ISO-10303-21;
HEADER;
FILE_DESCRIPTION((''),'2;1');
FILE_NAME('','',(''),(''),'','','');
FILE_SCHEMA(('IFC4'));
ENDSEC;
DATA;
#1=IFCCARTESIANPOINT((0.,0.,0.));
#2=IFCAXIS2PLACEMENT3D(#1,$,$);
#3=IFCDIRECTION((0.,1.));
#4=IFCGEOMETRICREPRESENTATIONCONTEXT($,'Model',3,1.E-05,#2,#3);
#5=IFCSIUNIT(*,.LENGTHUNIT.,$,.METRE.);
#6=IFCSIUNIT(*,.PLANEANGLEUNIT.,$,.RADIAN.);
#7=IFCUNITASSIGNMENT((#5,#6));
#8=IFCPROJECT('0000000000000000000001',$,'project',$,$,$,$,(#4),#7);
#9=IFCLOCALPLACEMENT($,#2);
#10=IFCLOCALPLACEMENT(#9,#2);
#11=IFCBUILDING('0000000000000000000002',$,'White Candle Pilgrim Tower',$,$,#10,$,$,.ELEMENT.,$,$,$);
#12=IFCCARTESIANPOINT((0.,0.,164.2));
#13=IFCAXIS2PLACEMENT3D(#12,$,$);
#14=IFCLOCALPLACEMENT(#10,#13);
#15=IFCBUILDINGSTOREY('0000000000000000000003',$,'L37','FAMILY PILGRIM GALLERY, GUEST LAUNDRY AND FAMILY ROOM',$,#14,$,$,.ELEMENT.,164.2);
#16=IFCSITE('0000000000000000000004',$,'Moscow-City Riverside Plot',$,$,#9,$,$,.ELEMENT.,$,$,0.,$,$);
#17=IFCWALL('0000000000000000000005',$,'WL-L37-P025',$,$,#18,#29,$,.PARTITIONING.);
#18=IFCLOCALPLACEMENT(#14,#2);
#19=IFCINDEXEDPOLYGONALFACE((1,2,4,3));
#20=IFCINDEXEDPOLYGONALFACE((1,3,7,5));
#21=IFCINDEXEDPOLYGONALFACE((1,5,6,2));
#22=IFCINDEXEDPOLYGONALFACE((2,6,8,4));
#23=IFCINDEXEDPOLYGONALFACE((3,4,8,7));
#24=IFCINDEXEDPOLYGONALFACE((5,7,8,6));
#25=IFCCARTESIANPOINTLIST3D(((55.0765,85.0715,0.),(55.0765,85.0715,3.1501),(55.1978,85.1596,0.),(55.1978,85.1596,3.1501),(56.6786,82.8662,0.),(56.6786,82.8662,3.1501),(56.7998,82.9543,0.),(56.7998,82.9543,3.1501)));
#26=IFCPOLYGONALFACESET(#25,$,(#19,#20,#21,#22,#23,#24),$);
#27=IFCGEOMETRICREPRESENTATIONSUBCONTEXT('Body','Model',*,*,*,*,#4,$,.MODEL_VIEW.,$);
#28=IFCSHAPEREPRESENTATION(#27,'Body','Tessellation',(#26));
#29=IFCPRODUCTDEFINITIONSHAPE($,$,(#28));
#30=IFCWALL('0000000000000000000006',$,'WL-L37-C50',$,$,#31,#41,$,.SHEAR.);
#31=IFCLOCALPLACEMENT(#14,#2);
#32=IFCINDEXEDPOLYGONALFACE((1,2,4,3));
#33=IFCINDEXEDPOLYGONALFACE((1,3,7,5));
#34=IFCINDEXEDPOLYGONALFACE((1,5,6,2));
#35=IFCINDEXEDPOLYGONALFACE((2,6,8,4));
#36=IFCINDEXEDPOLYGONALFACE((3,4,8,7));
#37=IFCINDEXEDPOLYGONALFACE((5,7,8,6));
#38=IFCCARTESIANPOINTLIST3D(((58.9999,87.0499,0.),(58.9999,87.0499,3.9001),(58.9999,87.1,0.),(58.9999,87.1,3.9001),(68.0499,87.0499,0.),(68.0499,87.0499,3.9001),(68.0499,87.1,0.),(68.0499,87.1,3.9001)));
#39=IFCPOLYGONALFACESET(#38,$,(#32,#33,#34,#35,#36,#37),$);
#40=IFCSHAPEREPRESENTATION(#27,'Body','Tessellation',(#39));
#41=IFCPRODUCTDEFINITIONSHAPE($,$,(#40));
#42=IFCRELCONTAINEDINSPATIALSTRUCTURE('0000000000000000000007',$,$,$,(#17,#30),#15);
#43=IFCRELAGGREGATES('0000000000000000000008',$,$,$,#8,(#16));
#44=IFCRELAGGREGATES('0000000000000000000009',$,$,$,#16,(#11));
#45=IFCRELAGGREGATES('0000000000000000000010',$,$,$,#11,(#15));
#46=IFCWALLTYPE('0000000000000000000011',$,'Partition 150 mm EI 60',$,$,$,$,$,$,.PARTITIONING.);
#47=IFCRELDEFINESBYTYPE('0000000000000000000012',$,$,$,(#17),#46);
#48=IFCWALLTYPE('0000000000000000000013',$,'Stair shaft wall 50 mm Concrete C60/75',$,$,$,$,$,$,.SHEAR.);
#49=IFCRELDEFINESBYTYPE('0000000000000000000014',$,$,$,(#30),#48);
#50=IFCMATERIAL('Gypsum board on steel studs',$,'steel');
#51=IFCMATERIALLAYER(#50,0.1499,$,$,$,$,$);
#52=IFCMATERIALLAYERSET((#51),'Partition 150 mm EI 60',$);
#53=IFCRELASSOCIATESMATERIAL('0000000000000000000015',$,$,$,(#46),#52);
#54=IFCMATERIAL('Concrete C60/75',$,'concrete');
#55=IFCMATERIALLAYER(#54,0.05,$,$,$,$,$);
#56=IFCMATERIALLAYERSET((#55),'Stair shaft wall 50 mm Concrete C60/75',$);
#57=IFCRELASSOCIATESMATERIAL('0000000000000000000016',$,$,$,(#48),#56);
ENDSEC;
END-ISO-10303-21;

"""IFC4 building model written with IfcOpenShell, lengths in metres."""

from ifc_helpers import new_model, si_unit, direction, frame, frame_2d, origin, place, context, subcontext, project, spatial, rectangle, extrude, material, layer, layer_set, type_object, element, save


model = new_model("IFC4")

# Units and contexts
model_context = context("Model", 3, precision=1e-05, world=origin(), true_north=direction((0.0, 1.0)))
body_context = subcontext(model_context, "Body", "Model", "MODEL_VIEW")
ifc_project = project(units=[si_unit("LENGTHUNIT", "METRE"), si_unit("PLANEANGLEUNIT", "RADIAN")], contexts=[model_context])

# Site, building, storey
site_placement = place(None, origin())
site = spatial("IfcSite", under=ifc_project, at=site_placement, Name="Moscow-City Riverside Plot", CompositionType="ELEMENT", RefElevation=0.0)
building_placement = place(site_placement, origin())
building = spatial("IfcBuilding", under=site, at=building_placement, Name="White Candle Pilgrim Tower", CompositionType="ELEMENT")
storey_placement = place(building_placement, frame((0.0, 0.0, 164.2)))
storey = spatial("IfcBuildingStorey", under=building, at=storey_placement, Name="L37", Description="FAMILY PILGRIM GALLERY, GUEST LAUNDRY AND FAMILY ROOM", CompositionType="ELEMENT", Elevation=164.2)

# Shared definitions
ifc_material_1 = material(Name="Concrete C60/75", Category="concrete")

# Walls
ifc_material_2 = material(Name="Gypsum board on steel studs", Category="steel")
ifc_layer_1 = layer(ifc_material_2, 0.1499)
ifc_layer_set_1 = layer_set([ifc_layer_1], Name="Partition 150 mm EI 60")
wall_type_1 = type_object("IfcWallType", Name="Partition 150 mm EI 60", PredefinedType="PARTITIONING", material=ifc_layer_set_1)
wall_1_placement = place(storey_placement, frame((55.1372, 85.1155, 0.0), z_axis=(0.0, 0.0, 1.0), x_axis=(0.587735, -0.809054, 0.0)))
element("IfcWall", 1, at=wall_1_placement, inside=storey, type_object=wall_type_1, Name="WL-L37-P025", PredefinedType="PARTITIONING", context=body_context, shape_type="SweptSolid", body=[
    extrude(rectangle(XDim=2.7258, YDim=0.1499, at=frame_2d((1.3628, 0.0))), origin(), (0.0, 0.0, 1.0), 3.1501),
])
ifc_layer_2 = layer(ifc_material_1, 0.05)
ifc_layer_set_2 = layer_set([ifc_layer_2], Name="Stair shaft wall 50 mm Concrete C60/75")
wall_type_2 = type_object("IfcWallType", Name="Stair shaft wall 50 mm Concrete C60/75", PredefinedType="SHEAR", material=ifc_layer_set_2)
wall_2_placement = place(storey_placement, frame((59.0, 87.075, 0.0), z_axis=(0.0, 0.0, 1.0), x_axis=(1.0, 0.0, 0.0)))
element("IfcWall", 2, at=wall_2_placement, inside=storey, type_object=wall_type_2, Name="WL-L37-C50", PredefinedType="SHEAR", context=body_context, shape_type="SweptSolid", body=[
    extrude(rectangle(XDim=9.05, YDim=0.05, at=frame_2d((4.5249, 0.0))), origin(), (0.0, 0.0, 1.0), 3.9001),
])

save(model, "model.ifc")
